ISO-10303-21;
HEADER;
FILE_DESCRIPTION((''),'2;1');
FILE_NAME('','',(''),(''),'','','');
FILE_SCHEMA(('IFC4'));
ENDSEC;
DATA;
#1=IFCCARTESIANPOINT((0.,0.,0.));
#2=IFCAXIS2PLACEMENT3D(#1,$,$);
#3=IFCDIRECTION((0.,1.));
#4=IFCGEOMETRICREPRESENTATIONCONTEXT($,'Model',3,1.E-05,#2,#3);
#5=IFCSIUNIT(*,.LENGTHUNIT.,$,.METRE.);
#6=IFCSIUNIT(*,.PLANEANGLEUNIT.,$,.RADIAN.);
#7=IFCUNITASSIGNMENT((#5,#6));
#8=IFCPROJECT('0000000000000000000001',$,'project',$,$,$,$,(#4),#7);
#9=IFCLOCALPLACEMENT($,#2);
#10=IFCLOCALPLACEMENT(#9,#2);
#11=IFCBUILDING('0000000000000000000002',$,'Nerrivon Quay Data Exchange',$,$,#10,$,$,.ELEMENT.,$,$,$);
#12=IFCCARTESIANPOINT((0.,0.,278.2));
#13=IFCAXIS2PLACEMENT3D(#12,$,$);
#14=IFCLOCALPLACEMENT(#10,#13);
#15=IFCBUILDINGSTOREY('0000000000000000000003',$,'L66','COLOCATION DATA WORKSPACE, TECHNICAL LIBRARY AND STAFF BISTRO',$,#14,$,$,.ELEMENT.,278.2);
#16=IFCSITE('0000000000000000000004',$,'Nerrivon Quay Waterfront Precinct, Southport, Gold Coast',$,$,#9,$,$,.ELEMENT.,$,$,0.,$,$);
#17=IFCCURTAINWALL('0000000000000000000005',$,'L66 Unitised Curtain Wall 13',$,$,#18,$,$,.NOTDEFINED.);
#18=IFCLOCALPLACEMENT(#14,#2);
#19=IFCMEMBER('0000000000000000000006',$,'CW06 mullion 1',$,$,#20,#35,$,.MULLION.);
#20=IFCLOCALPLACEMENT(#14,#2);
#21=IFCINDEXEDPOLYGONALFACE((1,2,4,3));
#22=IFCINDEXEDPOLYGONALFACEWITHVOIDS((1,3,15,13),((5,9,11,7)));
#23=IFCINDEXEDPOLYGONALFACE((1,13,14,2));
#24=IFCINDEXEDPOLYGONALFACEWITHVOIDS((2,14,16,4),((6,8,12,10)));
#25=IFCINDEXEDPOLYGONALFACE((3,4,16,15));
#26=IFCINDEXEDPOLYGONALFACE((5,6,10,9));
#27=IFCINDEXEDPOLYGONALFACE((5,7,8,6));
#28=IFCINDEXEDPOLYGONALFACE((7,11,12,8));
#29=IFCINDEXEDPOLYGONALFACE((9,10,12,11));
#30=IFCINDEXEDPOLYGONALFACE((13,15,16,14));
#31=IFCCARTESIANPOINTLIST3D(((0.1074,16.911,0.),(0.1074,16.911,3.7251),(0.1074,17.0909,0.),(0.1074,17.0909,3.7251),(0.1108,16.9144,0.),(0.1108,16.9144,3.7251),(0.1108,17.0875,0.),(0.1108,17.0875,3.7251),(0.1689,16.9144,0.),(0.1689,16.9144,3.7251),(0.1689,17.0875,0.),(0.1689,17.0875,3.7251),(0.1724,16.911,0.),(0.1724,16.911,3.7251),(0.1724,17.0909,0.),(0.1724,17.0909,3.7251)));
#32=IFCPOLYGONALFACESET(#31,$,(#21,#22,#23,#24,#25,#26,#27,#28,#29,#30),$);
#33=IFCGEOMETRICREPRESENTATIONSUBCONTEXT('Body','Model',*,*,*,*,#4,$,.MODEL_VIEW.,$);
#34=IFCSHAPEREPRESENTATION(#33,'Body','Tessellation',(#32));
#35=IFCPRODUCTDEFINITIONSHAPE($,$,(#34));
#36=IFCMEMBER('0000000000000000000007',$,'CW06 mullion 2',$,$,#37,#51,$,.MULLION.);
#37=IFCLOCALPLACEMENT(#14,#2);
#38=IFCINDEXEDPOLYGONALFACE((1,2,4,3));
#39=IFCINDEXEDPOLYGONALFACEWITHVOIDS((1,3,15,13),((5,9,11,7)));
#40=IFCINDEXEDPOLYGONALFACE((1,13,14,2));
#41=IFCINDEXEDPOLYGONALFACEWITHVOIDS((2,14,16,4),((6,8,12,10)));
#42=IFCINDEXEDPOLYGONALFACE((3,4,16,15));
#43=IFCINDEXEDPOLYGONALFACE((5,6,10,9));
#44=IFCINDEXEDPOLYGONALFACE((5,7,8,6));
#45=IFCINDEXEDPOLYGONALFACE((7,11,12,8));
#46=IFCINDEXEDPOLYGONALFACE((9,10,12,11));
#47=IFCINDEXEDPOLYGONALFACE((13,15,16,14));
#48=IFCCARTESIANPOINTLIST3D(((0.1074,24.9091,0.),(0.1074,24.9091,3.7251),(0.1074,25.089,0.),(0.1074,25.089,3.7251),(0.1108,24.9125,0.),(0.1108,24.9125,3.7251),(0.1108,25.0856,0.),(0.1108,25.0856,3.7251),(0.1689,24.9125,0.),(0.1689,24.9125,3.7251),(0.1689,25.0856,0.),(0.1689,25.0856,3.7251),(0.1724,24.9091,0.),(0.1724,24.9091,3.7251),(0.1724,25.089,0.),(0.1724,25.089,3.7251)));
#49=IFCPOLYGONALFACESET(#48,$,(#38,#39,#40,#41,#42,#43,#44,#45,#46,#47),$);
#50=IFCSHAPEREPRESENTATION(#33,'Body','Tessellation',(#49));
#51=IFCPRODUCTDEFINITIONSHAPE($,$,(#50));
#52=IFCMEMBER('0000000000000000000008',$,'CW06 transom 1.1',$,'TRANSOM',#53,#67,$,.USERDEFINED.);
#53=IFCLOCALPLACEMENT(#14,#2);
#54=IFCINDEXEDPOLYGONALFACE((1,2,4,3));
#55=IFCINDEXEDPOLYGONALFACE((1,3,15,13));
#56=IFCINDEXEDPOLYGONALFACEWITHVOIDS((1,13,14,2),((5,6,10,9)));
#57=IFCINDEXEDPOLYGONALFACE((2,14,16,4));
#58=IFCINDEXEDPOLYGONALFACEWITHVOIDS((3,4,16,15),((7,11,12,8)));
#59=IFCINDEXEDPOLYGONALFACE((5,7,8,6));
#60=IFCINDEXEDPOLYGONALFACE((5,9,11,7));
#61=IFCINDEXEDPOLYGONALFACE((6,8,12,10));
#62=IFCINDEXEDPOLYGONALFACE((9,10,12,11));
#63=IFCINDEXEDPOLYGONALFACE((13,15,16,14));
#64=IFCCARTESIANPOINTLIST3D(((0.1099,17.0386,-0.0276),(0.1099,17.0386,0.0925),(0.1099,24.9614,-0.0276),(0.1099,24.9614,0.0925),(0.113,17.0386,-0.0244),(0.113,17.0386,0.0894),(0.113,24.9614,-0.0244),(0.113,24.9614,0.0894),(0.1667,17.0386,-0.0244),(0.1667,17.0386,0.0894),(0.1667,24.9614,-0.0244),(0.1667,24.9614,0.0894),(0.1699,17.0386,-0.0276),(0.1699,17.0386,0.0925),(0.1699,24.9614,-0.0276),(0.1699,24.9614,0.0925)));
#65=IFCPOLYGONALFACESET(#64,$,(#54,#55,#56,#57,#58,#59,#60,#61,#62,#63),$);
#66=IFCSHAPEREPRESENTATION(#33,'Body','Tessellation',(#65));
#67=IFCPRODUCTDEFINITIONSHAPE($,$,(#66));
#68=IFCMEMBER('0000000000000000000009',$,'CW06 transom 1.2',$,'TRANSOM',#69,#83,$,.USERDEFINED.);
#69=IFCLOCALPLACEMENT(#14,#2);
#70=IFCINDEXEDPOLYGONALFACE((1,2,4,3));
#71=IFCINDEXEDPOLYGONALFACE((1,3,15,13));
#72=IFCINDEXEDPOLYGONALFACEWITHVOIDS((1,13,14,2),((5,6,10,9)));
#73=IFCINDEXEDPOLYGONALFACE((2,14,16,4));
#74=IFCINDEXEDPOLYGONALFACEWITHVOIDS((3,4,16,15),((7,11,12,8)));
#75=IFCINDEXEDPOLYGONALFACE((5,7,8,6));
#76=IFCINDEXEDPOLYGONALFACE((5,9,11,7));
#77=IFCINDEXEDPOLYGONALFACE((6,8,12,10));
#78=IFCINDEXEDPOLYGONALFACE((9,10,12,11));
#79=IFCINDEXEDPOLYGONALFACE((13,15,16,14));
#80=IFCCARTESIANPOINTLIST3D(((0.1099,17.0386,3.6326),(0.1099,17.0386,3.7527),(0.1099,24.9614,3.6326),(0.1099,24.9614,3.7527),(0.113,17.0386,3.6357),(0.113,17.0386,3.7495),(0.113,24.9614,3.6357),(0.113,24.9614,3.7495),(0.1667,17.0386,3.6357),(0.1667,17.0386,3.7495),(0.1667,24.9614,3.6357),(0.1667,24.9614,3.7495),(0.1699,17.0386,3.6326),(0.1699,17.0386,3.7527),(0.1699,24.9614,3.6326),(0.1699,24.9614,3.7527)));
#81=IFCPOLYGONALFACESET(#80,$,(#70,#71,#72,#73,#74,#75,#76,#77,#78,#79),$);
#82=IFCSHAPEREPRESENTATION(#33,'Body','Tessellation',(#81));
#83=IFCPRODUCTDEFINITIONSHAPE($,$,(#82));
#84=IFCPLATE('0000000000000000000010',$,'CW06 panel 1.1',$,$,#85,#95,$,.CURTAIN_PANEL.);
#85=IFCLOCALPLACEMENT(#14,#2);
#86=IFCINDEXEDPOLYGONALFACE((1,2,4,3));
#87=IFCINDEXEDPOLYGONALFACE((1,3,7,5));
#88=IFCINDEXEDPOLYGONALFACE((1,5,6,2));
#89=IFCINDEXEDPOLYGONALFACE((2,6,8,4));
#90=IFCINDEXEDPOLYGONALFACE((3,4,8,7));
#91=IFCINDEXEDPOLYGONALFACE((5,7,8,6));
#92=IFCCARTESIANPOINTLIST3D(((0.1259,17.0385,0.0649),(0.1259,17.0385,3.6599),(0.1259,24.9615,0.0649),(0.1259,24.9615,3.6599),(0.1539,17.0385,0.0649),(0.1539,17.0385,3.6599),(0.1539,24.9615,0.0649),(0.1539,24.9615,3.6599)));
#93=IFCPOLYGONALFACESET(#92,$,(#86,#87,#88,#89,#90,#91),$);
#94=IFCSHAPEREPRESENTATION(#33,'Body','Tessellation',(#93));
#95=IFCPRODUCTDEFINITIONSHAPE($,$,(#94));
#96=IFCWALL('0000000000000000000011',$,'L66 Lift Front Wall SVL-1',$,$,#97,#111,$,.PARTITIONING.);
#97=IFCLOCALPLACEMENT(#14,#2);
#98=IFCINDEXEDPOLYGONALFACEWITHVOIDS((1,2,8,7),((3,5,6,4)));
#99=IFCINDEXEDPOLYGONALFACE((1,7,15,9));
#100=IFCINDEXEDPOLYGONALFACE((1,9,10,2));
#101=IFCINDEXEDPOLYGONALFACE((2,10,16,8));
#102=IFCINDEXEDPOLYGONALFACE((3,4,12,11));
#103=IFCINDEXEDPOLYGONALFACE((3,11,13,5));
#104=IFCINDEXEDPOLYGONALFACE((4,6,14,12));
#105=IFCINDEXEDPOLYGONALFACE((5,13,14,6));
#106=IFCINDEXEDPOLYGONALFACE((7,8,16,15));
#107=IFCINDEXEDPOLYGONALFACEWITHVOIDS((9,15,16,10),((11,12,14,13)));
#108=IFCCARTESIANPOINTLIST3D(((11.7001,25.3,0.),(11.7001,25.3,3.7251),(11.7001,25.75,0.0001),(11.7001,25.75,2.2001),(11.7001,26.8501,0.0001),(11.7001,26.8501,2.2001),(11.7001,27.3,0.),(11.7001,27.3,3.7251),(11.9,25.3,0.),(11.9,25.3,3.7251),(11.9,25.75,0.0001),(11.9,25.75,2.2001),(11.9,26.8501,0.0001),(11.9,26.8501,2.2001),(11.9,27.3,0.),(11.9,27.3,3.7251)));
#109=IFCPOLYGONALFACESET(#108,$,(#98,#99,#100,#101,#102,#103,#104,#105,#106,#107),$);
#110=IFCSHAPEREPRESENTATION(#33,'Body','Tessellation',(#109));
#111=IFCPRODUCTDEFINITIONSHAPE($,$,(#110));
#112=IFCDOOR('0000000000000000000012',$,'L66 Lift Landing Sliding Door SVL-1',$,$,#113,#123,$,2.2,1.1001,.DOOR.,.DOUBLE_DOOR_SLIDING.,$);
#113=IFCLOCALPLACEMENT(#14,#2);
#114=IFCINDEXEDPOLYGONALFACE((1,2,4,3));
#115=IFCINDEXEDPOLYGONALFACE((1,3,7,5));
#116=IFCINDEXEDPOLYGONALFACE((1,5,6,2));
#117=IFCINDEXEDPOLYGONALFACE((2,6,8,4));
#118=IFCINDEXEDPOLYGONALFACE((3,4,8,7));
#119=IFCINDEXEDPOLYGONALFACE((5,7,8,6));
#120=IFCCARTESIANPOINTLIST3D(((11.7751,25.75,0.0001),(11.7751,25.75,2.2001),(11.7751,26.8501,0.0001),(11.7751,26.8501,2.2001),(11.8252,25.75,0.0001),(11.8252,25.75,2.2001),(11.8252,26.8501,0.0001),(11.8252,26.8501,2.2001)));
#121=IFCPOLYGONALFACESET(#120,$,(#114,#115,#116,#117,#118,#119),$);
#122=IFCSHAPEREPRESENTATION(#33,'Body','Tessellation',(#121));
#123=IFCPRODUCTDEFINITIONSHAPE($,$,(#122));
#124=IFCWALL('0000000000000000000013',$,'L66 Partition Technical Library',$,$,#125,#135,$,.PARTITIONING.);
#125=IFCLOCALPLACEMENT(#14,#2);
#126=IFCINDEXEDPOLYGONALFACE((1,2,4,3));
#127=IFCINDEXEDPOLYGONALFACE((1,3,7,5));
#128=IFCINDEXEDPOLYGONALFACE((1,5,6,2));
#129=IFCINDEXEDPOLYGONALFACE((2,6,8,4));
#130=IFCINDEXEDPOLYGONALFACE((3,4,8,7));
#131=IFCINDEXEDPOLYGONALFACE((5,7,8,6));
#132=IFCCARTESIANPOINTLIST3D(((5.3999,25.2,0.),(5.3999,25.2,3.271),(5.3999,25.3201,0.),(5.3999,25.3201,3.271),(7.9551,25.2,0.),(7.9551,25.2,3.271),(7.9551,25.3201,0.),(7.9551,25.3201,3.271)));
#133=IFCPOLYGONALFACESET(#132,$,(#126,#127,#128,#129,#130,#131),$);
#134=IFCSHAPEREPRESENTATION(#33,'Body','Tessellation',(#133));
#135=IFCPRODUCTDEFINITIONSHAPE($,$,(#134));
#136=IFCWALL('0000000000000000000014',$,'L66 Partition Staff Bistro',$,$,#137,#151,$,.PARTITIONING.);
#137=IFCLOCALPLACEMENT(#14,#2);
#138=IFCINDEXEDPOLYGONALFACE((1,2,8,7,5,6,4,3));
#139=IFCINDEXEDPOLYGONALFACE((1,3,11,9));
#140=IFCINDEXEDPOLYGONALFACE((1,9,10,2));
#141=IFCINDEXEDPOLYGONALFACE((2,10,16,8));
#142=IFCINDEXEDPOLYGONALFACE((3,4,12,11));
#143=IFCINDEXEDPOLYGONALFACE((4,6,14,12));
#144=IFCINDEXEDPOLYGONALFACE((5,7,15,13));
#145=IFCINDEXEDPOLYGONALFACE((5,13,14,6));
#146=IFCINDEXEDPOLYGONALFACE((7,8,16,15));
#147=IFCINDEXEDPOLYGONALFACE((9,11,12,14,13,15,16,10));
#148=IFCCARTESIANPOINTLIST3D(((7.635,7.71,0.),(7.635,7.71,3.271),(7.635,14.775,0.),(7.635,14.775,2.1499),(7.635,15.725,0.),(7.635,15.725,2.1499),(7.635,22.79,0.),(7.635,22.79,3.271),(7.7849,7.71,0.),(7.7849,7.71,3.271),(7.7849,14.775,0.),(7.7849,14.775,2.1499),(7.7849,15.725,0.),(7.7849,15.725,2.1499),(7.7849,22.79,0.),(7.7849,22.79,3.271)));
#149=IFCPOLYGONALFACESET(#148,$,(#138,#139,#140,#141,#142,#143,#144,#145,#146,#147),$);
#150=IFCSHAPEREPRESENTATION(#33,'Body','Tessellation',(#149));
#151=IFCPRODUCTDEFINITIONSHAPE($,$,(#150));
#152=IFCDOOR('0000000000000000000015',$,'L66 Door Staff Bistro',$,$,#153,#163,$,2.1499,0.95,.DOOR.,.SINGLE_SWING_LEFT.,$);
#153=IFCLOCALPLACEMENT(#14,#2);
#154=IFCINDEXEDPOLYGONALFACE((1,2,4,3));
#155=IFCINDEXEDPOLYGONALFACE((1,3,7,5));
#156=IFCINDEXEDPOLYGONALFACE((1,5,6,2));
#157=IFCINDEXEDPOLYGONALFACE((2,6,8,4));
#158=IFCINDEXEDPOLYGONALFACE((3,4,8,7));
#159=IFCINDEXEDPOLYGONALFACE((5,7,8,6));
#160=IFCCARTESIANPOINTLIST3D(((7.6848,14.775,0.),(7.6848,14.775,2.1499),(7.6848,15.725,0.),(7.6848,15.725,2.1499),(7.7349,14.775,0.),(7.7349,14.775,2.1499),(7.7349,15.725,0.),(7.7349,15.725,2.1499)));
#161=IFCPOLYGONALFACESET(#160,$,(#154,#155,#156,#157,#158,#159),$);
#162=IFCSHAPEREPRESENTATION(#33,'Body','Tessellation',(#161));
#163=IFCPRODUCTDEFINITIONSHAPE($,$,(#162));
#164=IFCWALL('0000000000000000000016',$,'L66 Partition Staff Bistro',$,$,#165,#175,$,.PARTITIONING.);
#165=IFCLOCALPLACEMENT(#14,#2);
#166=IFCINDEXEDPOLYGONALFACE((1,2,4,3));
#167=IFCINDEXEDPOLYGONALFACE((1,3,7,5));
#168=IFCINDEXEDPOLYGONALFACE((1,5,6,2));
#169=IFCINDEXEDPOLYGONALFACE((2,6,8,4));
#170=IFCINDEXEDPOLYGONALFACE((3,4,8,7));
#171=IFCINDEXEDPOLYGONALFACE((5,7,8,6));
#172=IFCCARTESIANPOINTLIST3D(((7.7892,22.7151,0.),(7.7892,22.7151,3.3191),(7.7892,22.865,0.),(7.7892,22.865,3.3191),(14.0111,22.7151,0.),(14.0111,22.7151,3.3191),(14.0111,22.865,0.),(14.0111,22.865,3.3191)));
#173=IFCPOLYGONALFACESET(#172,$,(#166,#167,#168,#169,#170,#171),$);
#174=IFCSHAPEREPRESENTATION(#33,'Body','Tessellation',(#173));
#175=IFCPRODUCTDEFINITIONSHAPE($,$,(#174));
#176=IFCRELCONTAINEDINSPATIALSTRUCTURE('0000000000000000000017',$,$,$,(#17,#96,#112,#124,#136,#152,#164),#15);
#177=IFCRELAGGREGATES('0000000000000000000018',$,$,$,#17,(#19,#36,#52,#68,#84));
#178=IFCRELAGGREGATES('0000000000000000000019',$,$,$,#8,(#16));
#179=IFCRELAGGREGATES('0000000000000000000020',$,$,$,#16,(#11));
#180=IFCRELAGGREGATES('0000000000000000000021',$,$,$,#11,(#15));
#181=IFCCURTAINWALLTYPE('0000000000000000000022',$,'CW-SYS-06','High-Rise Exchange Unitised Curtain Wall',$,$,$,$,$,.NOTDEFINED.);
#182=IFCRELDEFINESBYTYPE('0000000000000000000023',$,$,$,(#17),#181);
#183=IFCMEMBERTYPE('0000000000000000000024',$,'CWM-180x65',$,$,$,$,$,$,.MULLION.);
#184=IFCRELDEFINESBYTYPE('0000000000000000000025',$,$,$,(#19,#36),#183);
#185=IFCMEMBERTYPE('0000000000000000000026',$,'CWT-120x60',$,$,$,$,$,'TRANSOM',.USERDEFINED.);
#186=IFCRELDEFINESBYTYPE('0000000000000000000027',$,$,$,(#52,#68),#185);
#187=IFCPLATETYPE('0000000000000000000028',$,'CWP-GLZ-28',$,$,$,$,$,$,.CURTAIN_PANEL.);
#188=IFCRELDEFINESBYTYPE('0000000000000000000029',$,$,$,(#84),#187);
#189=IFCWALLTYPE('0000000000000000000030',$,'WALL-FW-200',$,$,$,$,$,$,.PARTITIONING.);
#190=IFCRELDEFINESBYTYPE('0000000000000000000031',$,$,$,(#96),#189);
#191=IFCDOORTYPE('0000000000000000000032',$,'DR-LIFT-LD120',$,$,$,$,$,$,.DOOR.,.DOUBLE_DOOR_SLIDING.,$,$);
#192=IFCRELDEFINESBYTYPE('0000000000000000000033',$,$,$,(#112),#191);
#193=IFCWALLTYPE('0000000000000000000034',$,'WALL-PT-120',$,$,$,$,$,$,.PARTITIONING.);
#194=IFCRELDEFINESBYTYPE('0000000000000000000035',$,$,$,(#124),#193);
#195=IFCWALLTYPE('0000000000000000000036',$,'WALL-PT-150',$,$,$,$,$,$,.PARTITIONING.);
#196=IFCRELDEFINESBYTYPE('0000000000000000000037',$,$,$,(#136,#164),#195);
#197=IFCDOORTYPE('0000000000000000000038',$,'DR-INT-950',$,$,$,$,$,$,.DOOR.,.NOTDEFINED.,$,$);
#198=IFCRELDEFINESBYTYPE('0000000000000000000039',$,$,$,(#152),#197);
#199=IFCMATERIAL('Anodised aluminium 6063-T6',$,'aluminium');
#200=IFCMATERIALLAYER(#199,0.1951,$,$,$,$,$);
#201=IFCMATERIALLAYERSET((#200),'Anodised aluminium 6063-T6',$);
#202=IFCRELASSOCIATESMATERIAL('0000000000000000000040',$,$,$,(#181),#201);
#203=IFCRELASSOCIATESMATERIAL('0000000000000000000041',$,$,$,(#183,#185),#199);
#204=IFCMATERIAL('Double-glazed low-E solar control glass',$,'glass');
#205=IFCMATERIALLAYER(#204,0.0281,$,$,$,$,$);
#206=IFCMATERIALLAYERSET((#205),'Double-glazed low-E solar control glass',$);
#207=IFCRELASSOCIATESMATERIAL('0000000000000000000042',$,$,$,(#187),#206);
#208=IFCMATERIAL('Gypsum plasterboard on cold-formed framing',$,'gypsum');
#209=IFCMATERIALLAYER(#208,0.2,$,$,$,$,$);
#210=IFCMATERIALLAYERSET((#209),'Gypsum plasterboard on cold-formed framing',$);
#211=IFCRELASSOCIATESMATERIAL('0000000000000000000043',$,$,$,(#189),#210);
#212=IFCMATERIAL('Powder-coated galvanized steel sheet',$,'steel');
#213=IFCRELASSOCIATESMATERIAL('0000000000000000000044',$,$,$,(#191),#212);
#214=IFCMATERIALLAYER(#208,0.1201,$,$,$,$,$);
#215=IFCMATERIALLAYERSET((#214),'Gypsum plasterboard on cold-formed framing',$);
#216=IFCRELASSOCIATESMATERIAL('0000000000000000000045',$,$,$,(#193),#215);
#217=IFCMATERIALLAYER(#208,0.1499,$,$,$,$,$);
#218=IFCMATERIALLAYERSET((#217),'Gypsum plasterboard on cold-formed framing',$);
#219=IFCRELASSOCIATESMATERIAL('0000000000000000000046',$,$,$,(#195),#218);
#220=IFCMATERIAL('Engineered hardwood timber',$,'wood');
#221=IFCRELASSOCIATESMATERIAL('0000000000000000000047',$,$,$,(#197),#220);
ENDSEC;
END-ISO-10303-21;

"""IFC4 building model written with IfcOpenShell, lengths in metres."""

from ifc_helpers import new_model, si_unit, direction, frame, frame_2d, origin, origin_2d, place, context, subcontext, project, spatial, rectangle, hollow_rectangle, extrude, material, layer, layer_set, material_profile, profile_set, type_object, element, fill, aggregate, save


model = new_model("IFC4")

# Units and contexts
model_context = context("Model", 3, precision=1e-05, world=origin(), true_north=direction((0.0, 1.0)))
body_context = subcontext(model_context, "Body", "Model", "MODEL_VIEW")
ifc_project = project(units=[si_unit("LENGTHUNIT", "METRE"), si_unit("PLANEANGLEUNIT", "RADIAN")], contexts=[model_context])

# Site, building, storey
site_placement = place(None, origin())
site = spatial("IfcSite", under=ifc_project, at=site_placement, Name="Nerrivon Quay Waterfront Precinct, Southport, Gold Coast", CompositionType="ELEMENT", RefElevation=0.0)
building_placement = place(site_placement, origin())
building = spatial("IfcBuilding", under=site, at=building_placement, Name="Nerrivon Quay Data Exchange", CompositionType="ELEMENT")
storey_placement = place(building_placement, frame((0.0, 0.0, 278.2)))
storey = spatial("IfcBuildingStorey", under=building, at=storey_placement, Name="L66", Description="COLOCATION DATA WORKSPACE, TECHNICAL LIBRARY AND STAFF BISTRO", CompositionType="ELEMENT", Elevation=278.2)

# Curtain wall, members, plate
ifc_material_1 = material(Name="Anodised aluminium 6063-T6", Category="aluminium")
ifc_layer_1 = layer(ifc_material_1, 0.1951)
ifc_layer_set_1 = layer_set([ifc_layer_1], Name="Anodised aluminium 6063-T6")
curtain_wall_type = type_object("IfcCurtainWallType", Name="CW-SYS-06", Description="High-Rise Exchange Unitised Curtain Wall", PredefinedType="NOTDEFINED", material=ifc_layer_set_1)
curtain_wall_placement = place(storey_placement, origin())
curtain_wall = element("IfcCurtainWall", 1, at=curtain_wall_placement, inside=storey, type_object=curtain_wall_type, Name="L66 Unitised Curtain Wall 13", PredefinedType="NOTDEFINED")
ifc_material_profile_1 = material_profile(ifc_material_1, hollow_rectangle(XDim=0.0649, YDim=0.1799, WallThickness=0.0034, at=origin_2d()), Name="ALU-MULL-180x65")
ifc_profile_set_1 = profile_set([ifc_material_profile_1], Name="Anodised aluminium 6063-T6")
member_type_1 = type_object("IfcMemberType", Name="CWM-180x65", PredefinedType="MULLION", material=ifc_profile_set_1)
member_1_placement = place(storey_placement, frame((0.1399, 17.001, 0.0), z_axis=(0.0, 0.0, 1.0), x_axis=(-1.0, 0.0, 0.0)))
member_1 = element("IfcMember", 2, at=member_1_placement, type_object=member_type_1, Name="CW06 mullion 1", PredefinedType="MULLION", context=body_context, shape_type="SweptSolid", body=[
    extrude(hollow_rectangle(XDim=0.0649, YDim=0.1799, WallThickness=0.0034, at=origin_2d()), origin(), (0.0, 0.0, 1.0), 3.7251),
])
member_2_placement = place(storey_placement, frame((0.1399, 24.999, 0.0), z_axis=(0.0, 0.0, 1.0), x_axis=(-1.0, 0.0, 0.0)))
member_2 = element("IfcMember", 3, at=member_2_placement, type_object=member_type_1, Name="CW06 mullion 2", PredefinedType="MULLION", context=body_context, shape_type="SweptSolid", body=[
    extrude(hollow_rectangle(XDim=0.0649, YDim=0.1799, WallThickness=0.0034, at=origin_2d()), origin(), (0.0, 0.0, 1.0), 3.7251),
])
ifc_material_profile_2 = material_profile(ifc_material_1, hollow_rectangle(XDim=0.0601, YDim=0.1201, WallThickness=0.0032, at=origin_2d()), Name="ALU-TRAN-120x60")
ifc_profile_set_2 = profile_set([ifc_material_profile_2], Name="Anodised aluminium 6063-T6")
member_type_2 = type_object("IfcMemberType", Name="CWT-120x60", ElementType="TRANSOM", PredefinedType="USERDEFINED", material=ifc_profile_set_2)
member_3_placement = place(storey_placement, frame((0.1399, 17.0386, 0.0325), z_axis=(0.0, 1.0, 0.0), x_axis=(-1.0, 0.0, 0.0)))
member_3 = element("IfcMember", 4, at=member_3_placement, type_object=member_type_2, Name="CW06 transom 1.1", ObjectType="TRANSOM", PredefinedType="USERDEFINED", context=body_context, shape_type="SweptSolid", body=[
    extrude(hollow_rectangle(XDim=0.0601, YDim=0.1201, WallThickness=0.0032, at=origin_2d()), origin(), (0.0, 0.0, 1.0), 7.9229),
])
member_4_placement = place(storey_placement, frame((0.1399, 17.0386, 3.6926), z_axis=(0.0, 1.0, 0.0), x_axis=(-1.0, 0.0, 0.0)))
member_4 = element("IfcMember", 5, at=member_4_placement, type_object=member_type_2, Name="CW06 transom 1.2", ObjectType="TRANSOM", PredefinedType="USERDEFINED", context=body_context, shape_type="SweptSolid", body=[
    extrude(hollow_rectangle(XDim=0.0601, YDim=0.1201, WallThickness=0.0032, at=origin_2d()), origin(), (0.0, 0.0, 1.0), 7.9229),
])
ifc_material_2 = material(Name="Double-glazed low-E solar control glass", Category="glass")
ifc_layer_2 = layer(ifc_material_2, 0.0281)
ifc_layer_set_2 = layer_set([ifc_layer_2], Name="Double-glazed low-E solar control glass")
plate_type = type_object("IfcPlateType", Name="CWP-GLZ-28", PredefinedType="CURTAIN_PANEL", material=ifc_layer_set_2)
plate_placement = place(storey_placement, frame((0.1399, 21.0, 0.0649), z_axis=(0.0, 0.0, 1.0), x_axis=(0.0, 1.0, 0.0)))
plate = element("IfcPlate", 6, at=plate_placement, type_object=plate_type, Name="CW06 panel 1.1", PredefinedType="CURTAIN_PANEL", context=body_context, shape_type="SweptSolid", body=[
    extrude(rectangle(XDim=7.9231, YDim=0.0281, at=origin_2d()), origin(), (0.0, 0.0, 1.0), 3.595),
])
aggregate(curtain_wall, [member_1, member_2, member_3, member_4, plate])

# Wall, opening, door
ifc_material_3 = material(Name="Powder-coated galvanized steel sheet", Category="steel")
ifc_material_4 = material(Name="Gypsum plasterboard on cold-formed framing", Category="gypsum")
ifc_layer_3 = layer(ifc_material_4, 0.2)
ifc_layer_set_3 = layer_set([ifc_layer_3], Name="Gypsum plasterboard on cold-formed framing")
wall_type_1 = type_object("IfcWallType", Name="WALL-FW-200", PredefinedType="PARTITIONING", material=ifc_layer_set_3)
wall_1_placement = place(storey_placement, frame((11.8, 25.3, 0.0), z_axis=(0.0, 0.0, 1.0), x_axis=(0.0, 1.0, 0.0)))
wall_1 = element("IfcWall", 7, at=wall_1_placement, inside=storey, type_object=wall_type_1, Name="L66 Lift Front Wall SVL-1", PredefinedType="PARTITIONING", context=body_context, shape_type="SweptSolid", body=[
    extrude(rectangle(XDim=2.0, YDim=0.2, at=frame_2d((1.0, 0.0))), origin(), (0.0, 0.0, 1.0), 3.7251),
])
opening_1_placement = place(wall_1_placement, frame((0.45, 0.0, 0.0)))
opening_1 = element("IfcOpeningElement", 8, at=opening_1_placement, cuts=wall_1, PredefinedType="OPENING", context=body_context, shape_type="SweptSolid", body=[
    extrude(rectangle(XDim=1.1001, YDim=2.2, at=frame_2d((0.55, 1.1001))), frame((0.0, 0.1099, 0.0), z_axis=(0.0, -1.0, 0.0), x_axis=(1.0, 0.0, 0.0)), (0.0, 0.0, 1.0), 0.22),
])
door_type_1 = type_object("IfcDoorType", Name="DR-LIFT-LD120", OperationType="DOUBLE_DOOR_SLIDING", PredefinedType="DOOR", material=ifc_material_3)
door_1_placement = place(opening_1_placement, origin())
door_1 = element("IfcDoor", 9, at=door_1_placement, inside=storey, type_object=door_type_1, Name="L66 Lift Landing Sliding Door SVL-1", OperationType="DOUBLE_DOOR_SLIDING", OverallHeight=2.2, OverallWidth=1.1001, PredefinedType="DOOR", context=body_context, shape_type="SweptSolid", body=[
    extrude(rectangle(XDim=1.1001, YDim=2.2, at=frame_2d((0.55, 1.1001))), frame((0.0, 0.0249, 0.0), z_axis=(0.0, -1.0, 0.0), x_axis=(1.0, 0.0, 0.0)), (0.0, 0.0, 1.0), 0.05),
])
fill(opening_1, door_1)

# Wall
ifc_layer_4 = layer(ifc_material_4, 0.1201)
ifc_layer_set_4 = layer_set([ifc_layer_4], Name="Gypsum plasterboard on cold-formed framing")
wall_type_2 = type_object("IfcWallType", Name="WALL-PT-120", PredefinedType="PARTITIONING", material=ifc_layer_set_4)
wall_2_placement = place(storey_placement, frame((5.3999, 25.26, 0.0), z_axis=(0.0, 0.0, 1.0), x_axis=(1.0, 0.0, 0.0)))
element("IfcWall", 10, at=wall_2_placement, inside=storey, type_object=wall_type_2, Name="L66 Partition Technical Library", PredefinedType="PARTITIONING", context=body_context, shape_type="SweptSolid", body=[
    extrude(rectangle(XDim=2.5552, YDim=0.1201, at=frame_2d((1.2776, 0.0))), origin(), (0.0, 0.0, 1.0), 3.271),
])

# Wall, opening, door
ifc_layer_5 = layer(ifc_material_4, 0.1499)
ifc_layer_set_5 = layer_set([ifc_layer_5], Name="Gypsum plasterboard on cold-formed framing")
wall_type_3 = type_object("IfcWallType", Name="WALL-PT-150", PredefinedType="PARTITIONING", material=ifc_layer_set_5)
wall_3_placement = place(storey_placement, frame((7.71, 22.79, 0.0), z_axis=(0.0, 0.0, 1.0), x_axis=(0.0, -1.0, 0.0)))
wall_3 = element("IfcWall", 11, at=wall_3_placement, inside=storey, type_object=wall_type_3, Name="L66 Partition Staff Bistro", PredefinedType="PARTITIONING", context=body_context, shape_type="SweptSolid", body=[
    extrude(rectangle(XDim=15.0801, YDim=0.1499, at=frame_2d((7.54, 0.0))), origin(), (0.0, 0.0, 1.0), 3.271),
])
opening_2_placement = place(wall_3_placement, frame((7.0649, 0.0, 0.0)))
opening_2 = element("IfcOpeningElement", 12, at=opening_2_placement, cuts=wall_3, PredefinedType="OPENING", context=body_context, shape_type="SweptSolid", body=[
    extrude(rectangle(XDim=0.95, YDim=2.1499, at=frame_2d((0.4751, 1.075))), frame((0.0, 0.085, 0.0), z_axis=(0.0, -1.0, 0.0), x_axis=(1.0, 0.0, 0.0)), (0.0, 0.0, 1.0), 0.1699),
])
ifc_material_5 = material(Name="Engineered hardwood timber", Category="wood")
door_type_2 = type_object("IfcDoorType", Name="DR-INT-950", OperationType="NOTDEFINED", PredefinedType="DOOR", material=ifc_material_5)
door_2_placement = place(opening_2_placement, origin())
door_2 = element("IfcDoor", 13, at=door_2_placement, inside=storey, type_object=door_type_2, Name="L66 Door Staff Bistro", OperationType="SINGLE_SWING_LEFT", OverallHeight=2.1499, OverallWidth=0.95, PredefinedType="DOOR", context=body_context, shape_type="SweptSolid", body=[
    extrude(rectangle(XDim=0.95, YDim=2.1499, at=frame_2d((0.4751, 1.075))), frame((0.0, 0.0249, 0.0), z_axis=(0.0, -1.0, 0.0), x_axis=(1.0, 0.0, 0.0)), (0.0, 0.0, 1.0), 0.05),
])
fill(opening_2, door_2)

# Wall
wall_4_placement = place(storey_placement, frame((14.011, 22.79, 0.0), z_axis=(0.0, 0.0, 1.0), x_axis=(-1.0, 0.0, 0.0)))
element("IfcWall", 14, at=wall_4_placement, inside=storey, type_object=wall_type_3, Name="L66 Partition Staff Bistro", PredefinedType="PARTITIONING", context=body_context, shape_type="SweptSolid", body=[
    extrude(rectangle(XDim=6.2219, YDim=0.1499, at=frame_2d((3.1108, 0.0))), origin(), (0.0, 0.0, 1.0), 3.3191),
])

save(model, "model.ifc")
